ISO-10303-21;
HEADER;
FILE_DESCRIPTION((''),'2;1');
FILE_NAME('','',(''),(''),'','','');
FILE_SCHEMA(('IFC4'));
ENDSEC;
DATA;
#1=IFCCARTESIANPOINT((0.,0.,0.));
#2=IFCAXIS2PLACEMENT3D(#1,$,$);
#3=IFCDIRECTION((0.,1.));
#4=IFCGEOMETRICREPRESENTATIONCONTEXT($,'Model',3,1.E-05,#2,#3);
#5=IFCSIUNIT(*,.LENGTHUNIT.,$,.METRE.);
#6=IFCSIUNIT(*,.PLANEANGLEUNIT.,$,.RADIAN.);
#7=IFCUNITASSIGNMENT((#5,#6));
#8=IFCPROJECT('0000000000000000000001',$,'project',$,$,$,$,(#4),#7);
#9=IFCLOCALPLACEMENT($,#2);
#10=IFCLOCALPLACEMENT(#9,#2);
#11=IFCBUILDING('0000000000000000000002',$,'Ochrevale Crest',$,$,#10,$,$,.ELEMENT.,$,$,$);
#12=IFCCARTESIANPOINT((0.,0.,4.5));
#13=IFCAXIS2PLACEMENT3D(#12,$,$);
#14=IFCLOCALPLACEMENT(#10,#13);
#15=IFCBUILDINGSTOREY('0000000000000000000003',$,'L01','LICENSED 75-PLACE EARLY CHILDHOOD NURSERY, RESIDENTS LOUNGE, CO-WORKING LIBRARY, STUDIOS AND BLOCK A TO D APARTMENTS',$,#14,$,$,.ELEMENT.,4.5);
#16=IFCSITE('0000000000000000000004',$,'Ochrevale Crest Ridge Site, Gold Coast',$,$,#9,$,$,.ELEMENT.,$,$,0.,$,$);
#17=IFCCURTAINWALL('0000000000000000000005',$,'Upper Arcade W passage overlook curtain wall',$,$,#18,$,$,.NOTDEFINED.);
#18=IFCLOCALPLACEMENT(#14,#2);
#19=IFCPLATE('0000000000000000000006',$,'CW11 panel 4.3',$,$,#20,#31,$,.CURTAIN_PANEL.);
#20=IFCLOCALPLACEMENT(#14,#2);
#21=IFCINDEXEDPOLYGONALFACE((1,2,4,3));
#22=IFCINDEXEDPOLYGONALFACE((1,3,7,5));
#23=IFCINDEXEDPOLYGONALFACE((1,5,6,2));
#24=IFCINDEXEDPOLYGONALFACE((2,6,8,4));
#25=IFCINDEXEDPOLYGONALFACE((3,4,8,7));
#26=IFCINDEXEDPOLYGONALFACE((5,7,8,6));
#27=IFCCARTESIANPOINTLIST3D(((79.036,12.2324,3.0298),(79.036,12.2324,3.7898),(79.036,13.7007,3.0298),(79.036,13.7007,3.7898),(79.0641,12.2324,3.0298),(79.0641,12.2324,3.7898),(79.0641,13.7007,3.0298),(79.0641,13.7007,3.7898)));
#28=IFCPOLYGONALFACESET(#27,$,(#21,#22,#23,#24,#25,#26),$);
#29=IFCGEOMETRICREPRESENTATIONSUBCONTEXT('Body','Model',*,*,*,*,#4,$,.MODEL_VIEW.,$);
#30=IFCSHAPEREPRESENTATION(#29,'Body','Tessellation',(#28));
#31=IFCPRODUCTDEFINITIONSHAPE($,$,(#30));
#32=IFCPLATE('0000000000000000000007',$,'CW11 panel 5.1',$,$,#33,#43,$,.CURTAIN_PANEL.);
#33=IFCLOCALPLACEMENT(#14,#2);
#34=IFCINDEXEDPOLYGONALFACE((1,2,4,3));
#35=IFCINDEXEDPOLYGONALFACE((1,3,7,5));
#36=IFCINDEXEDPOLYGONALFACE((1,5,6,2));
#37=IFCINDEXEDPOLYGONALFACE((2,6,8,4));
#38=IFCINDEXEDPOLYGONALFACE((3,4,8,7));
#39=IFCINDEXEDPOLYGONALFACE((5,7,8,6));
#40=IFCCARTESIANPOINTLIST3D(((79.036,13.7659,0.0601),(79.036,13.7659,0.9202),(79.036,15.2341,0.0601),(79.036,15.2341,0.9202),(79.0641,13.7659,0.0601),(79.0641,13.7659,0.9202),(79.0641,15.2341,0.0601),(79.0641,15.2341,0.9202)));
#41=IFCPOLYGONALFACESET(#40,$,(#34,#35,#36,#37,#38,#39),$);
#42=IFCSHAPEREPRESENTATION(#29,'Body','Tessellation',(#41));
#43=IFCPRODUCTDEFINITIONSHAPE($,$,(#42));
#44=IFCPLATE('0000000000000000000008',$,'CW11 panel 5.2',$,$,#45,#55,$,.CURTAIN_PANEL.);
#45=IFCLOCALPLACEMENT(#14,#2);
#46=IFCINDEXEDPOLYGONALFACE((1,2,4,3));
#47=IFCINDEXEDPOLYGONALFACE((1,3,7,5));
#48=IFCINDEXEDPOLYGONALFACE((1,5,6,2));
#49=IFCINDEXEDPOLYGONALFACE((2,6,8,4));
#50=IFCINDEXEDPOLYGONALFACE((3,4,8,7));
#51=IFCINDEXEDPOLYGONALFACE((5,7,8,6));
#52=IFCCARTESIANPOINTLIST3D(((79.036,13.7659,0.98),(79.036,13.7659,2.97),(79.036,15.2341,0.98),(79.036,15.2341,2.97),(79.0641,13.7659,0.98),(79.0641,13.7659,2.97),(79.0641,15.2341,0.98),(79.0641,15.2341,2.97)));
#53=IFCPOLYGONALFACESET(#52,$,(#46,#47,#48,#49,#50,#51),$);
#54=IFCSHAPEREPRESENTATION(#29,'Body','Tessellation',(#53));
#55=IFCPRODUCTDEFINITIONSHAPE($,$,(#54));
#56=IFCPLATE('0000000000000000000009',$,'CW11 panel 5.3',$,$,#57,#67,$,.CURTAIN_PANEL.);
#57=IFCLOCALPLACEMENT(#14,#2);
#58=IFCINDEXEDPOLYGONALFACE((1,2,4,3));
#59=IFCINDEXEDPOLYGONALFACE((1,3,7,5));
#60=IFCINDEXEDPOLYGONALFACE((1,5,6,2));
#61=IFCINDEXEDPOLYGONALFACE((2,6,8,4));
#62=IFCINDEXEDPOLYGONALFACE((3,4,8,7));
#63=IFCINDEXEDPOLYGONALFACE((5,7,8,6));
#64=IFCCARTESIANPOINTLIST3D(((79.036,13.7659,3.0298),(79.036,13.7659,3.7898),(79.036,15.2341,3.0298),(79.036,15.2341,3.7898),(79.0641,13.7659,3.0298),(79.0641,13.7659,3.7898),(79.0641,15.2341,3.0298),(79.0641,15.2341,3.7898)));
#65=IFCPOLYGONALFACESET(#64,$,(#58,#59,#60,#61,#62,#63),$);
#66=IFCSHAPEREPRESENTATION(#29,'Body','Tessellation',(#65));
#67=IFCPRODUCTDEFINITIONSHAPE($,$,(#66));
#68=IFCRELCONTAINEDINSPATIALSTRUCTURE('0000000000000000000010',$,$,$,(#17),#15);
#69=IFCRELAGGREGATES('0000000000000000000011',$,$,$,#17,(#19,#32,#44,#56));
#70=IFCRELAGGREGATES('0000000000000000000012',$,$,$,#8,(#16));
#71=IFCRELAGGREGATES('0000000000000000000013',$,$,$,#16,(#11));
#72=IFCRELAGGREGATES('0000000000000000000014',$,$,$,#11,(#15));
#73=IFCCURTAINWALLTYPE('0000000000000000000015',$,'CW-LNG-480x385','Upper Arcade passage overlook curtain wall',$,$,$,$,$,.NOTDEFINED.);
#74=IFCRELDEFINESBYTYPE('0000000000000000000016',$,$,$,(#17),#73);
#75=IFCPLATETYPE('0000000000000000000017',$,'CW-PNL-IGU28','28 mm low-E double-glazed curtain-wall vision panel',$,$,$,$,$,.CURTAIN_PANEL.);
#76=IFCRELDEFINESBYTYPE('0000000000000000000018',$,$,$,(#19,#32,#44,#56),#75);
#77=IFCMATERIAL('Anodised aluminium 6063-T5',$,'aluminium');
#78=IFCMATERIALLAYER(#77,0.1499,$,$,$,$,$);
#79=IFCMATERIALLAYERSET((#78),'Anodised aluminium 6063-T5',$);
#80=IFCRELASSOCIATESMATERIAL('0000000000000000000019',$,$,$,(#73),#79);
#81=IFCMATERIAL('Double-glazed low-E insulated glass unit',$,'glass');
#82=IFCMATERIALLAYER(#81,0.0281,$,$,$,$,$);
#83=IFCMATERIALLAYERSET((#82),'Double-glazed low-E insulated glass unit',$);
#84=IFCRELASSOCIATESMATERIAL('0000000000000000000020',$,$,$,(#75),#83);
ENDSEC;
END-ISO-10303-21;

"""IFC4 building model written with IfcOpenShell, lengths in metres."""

from ifc_helpers import new_model, si_unit, direction, frame, origin, origin_2d, place, context, subcontext, project, spatial, rectangle, extrude, material, layer, layer_set, type_object, element, aggregate, save


model = new_model("IFC4")

# Units and contexts
model_context = context("Model", 3, precision=1e-05, world=origin(), true_north=direction((0.0, 1.0)))
body_context = subcontext(model_context, "Body", "Model", "MODEL_VIEW")
ifc_project = project(units=[si_unit("LENGTHUNIT", "METRE"), si_unit("PLANEANGLEUNIT", "RADIAN")], contexts=[model_context])

# Site, building, storey
site_placement = place(None, origin())
site = spatial("IfcSite", under=ifc_project, at=site_placement, Name="Ochrevale Crest Ridge Site, Gold Coast", CompositionType="ELEMENT", RefElevation=0.0)
building_placement = place(site_placement, origin())
building = spatial("IfcBuilding", under=site, at=building_placement, Name="Ochrevale Crest", CompositionType="ELEMENT")
storey_placement = place(building_placement, frame((0.0, 0.0, 4.5)))
storey = spatial("IfcBuildingStorey", under=building, at=storey_placement, Name="L01", Description="LICENSED 75-PLACE EARLY CHILDHOOD NURSERY, RESIDENTS LOUNGE, CO-WORKING LIBRARY, STUDIOS AND BLOCK A TO D APARTMENTS", CompositionType="ELEMENT", Elevation=4.5)

# Curtain wall, plates
ifc_material_1 = material(Name="Anodised aluminium 6063-T5", Category="aluminium")
ifc_layer_1 = layer(ifc_material_1, 0.1499)
ifc_layer_set_1 = layer_set([ifc_layer_1], Name="Anodised aluminium 6063-T5")
curtain_wall_type = type_object("IfcCurtainWallType", Name="CW-LNG-480x385", Description="Upper Arcade passage overlook curtain wall", PredefinedType="NOTDEFINED", material=ifc_layer_set_1)
curtain_wall_placement = place(storey_placement, origin())
curtain_wall = element("IfcCurtainWall", 1, at=curtain_wall_placement, inside=storey, type_object=curtain_wall_type, Name="Upper Arcade W passage overlook curtain wall", PredefinedType="NOTDEFINED")
ifc_material_2 = material(Name="Double-glazed low-E insulated glass unit", Category="glass")
ifc_layer_2 = layer(ifc_material_2, 0.0281)
ifc_layer_set_2 = layer_set([ifc_layer_2], Name="Double-glazed low-E insulated glass unit")
plate_type = type_object("IfcPlateType", Name="CW-PNL-IGU28", Description="28 mm low-E double-glazed curtain-wall vision panel", PredefinedType="CURTAIN_PANEL", material=ifc_layer_set_2)
plate_1_placement = place(storey_placement, frame((79.05, 12.9666, 3.0298), z_axis=(0.0, 0.0, 1.0), x_axis=(0.0, 1.0, 0.0)))
plate_1 = element("IfcPlate", 2, at=plate_1_placement, type_object=plate_type, Name="CW11 panel 4.3", PredefinedType="CURTAIN_PANEL", context=body_context, shape_type="SweptSolid", body=[
    extrude(rectangle(XDim=1.4683, YDim=0.0281, at=origin_2d()), origin(), (0.0, 0.0, 1.0), 0.76),
])
plate_2_placement = place(storey_placement, frame((79.05, 14.5, 0.0601), z_axis=(0.0, 0.0, 1.0), x_axis=(0.0, 1.0, 0.0)))
plate_2 = element("IfcPlate", 3, at=plate_2_placement, type_object=plate_type, Name="CW11 panel 5.1", PredefinedType="CURTAIN_PANEL", context=body_context, shape_type="SweptSolid", body=[
    extrude(rectangle(XDim=1.4683, YDim=0.0281, at=origin_2d()), origin(), (0.0, 0.0, 1.0), 0.8601),
])
plate_3_placement = place(storey_placement, frame((79.05, 14.5, 0.98), z_axis=(0.0, 0.0, 1.0), x_axis=(0.0, 1.0, 0.0)))
plate_3 = element("IfcPlate", 4, at=plate_3_placement, type_object=plate_type, Name="CW11 panel 5.2", PredefinedType="CURTAIN_PANEL", context=body_context, shape_type="SweptSolid", body=[
    extrude(rectangle(XDim=1.4683, YDim=0.0281, at=origin_2d()), origin(), (0.0, 0.0, 1.0), 1.99),
])
plate_4_placement = place(storey_placement, frame((79.05, 14.5, 3.0298), z_axis=(0.0, 0.0, 1.0), x_axis=(0.0, 1.0, 0.0)))
plate_4 = element("IfcPlate", 5, at=plate_4_placement, type_object=plate_type, Name="CW11 panel 5.3", PredefinedType="CURTAIN_PANEL", context=body_context, shape_type="SweptSolid", body=[
    extrude(rectangle(XDim=1.4683, YDim=0.0281, at=origin_2d()), origin(), (0.0, 0.0, 1.0), 0.76),
])
aggregate(curtain_wall, [plate_1, plate_2, plate_3, plate_4])

save(model, "model.ifc")
